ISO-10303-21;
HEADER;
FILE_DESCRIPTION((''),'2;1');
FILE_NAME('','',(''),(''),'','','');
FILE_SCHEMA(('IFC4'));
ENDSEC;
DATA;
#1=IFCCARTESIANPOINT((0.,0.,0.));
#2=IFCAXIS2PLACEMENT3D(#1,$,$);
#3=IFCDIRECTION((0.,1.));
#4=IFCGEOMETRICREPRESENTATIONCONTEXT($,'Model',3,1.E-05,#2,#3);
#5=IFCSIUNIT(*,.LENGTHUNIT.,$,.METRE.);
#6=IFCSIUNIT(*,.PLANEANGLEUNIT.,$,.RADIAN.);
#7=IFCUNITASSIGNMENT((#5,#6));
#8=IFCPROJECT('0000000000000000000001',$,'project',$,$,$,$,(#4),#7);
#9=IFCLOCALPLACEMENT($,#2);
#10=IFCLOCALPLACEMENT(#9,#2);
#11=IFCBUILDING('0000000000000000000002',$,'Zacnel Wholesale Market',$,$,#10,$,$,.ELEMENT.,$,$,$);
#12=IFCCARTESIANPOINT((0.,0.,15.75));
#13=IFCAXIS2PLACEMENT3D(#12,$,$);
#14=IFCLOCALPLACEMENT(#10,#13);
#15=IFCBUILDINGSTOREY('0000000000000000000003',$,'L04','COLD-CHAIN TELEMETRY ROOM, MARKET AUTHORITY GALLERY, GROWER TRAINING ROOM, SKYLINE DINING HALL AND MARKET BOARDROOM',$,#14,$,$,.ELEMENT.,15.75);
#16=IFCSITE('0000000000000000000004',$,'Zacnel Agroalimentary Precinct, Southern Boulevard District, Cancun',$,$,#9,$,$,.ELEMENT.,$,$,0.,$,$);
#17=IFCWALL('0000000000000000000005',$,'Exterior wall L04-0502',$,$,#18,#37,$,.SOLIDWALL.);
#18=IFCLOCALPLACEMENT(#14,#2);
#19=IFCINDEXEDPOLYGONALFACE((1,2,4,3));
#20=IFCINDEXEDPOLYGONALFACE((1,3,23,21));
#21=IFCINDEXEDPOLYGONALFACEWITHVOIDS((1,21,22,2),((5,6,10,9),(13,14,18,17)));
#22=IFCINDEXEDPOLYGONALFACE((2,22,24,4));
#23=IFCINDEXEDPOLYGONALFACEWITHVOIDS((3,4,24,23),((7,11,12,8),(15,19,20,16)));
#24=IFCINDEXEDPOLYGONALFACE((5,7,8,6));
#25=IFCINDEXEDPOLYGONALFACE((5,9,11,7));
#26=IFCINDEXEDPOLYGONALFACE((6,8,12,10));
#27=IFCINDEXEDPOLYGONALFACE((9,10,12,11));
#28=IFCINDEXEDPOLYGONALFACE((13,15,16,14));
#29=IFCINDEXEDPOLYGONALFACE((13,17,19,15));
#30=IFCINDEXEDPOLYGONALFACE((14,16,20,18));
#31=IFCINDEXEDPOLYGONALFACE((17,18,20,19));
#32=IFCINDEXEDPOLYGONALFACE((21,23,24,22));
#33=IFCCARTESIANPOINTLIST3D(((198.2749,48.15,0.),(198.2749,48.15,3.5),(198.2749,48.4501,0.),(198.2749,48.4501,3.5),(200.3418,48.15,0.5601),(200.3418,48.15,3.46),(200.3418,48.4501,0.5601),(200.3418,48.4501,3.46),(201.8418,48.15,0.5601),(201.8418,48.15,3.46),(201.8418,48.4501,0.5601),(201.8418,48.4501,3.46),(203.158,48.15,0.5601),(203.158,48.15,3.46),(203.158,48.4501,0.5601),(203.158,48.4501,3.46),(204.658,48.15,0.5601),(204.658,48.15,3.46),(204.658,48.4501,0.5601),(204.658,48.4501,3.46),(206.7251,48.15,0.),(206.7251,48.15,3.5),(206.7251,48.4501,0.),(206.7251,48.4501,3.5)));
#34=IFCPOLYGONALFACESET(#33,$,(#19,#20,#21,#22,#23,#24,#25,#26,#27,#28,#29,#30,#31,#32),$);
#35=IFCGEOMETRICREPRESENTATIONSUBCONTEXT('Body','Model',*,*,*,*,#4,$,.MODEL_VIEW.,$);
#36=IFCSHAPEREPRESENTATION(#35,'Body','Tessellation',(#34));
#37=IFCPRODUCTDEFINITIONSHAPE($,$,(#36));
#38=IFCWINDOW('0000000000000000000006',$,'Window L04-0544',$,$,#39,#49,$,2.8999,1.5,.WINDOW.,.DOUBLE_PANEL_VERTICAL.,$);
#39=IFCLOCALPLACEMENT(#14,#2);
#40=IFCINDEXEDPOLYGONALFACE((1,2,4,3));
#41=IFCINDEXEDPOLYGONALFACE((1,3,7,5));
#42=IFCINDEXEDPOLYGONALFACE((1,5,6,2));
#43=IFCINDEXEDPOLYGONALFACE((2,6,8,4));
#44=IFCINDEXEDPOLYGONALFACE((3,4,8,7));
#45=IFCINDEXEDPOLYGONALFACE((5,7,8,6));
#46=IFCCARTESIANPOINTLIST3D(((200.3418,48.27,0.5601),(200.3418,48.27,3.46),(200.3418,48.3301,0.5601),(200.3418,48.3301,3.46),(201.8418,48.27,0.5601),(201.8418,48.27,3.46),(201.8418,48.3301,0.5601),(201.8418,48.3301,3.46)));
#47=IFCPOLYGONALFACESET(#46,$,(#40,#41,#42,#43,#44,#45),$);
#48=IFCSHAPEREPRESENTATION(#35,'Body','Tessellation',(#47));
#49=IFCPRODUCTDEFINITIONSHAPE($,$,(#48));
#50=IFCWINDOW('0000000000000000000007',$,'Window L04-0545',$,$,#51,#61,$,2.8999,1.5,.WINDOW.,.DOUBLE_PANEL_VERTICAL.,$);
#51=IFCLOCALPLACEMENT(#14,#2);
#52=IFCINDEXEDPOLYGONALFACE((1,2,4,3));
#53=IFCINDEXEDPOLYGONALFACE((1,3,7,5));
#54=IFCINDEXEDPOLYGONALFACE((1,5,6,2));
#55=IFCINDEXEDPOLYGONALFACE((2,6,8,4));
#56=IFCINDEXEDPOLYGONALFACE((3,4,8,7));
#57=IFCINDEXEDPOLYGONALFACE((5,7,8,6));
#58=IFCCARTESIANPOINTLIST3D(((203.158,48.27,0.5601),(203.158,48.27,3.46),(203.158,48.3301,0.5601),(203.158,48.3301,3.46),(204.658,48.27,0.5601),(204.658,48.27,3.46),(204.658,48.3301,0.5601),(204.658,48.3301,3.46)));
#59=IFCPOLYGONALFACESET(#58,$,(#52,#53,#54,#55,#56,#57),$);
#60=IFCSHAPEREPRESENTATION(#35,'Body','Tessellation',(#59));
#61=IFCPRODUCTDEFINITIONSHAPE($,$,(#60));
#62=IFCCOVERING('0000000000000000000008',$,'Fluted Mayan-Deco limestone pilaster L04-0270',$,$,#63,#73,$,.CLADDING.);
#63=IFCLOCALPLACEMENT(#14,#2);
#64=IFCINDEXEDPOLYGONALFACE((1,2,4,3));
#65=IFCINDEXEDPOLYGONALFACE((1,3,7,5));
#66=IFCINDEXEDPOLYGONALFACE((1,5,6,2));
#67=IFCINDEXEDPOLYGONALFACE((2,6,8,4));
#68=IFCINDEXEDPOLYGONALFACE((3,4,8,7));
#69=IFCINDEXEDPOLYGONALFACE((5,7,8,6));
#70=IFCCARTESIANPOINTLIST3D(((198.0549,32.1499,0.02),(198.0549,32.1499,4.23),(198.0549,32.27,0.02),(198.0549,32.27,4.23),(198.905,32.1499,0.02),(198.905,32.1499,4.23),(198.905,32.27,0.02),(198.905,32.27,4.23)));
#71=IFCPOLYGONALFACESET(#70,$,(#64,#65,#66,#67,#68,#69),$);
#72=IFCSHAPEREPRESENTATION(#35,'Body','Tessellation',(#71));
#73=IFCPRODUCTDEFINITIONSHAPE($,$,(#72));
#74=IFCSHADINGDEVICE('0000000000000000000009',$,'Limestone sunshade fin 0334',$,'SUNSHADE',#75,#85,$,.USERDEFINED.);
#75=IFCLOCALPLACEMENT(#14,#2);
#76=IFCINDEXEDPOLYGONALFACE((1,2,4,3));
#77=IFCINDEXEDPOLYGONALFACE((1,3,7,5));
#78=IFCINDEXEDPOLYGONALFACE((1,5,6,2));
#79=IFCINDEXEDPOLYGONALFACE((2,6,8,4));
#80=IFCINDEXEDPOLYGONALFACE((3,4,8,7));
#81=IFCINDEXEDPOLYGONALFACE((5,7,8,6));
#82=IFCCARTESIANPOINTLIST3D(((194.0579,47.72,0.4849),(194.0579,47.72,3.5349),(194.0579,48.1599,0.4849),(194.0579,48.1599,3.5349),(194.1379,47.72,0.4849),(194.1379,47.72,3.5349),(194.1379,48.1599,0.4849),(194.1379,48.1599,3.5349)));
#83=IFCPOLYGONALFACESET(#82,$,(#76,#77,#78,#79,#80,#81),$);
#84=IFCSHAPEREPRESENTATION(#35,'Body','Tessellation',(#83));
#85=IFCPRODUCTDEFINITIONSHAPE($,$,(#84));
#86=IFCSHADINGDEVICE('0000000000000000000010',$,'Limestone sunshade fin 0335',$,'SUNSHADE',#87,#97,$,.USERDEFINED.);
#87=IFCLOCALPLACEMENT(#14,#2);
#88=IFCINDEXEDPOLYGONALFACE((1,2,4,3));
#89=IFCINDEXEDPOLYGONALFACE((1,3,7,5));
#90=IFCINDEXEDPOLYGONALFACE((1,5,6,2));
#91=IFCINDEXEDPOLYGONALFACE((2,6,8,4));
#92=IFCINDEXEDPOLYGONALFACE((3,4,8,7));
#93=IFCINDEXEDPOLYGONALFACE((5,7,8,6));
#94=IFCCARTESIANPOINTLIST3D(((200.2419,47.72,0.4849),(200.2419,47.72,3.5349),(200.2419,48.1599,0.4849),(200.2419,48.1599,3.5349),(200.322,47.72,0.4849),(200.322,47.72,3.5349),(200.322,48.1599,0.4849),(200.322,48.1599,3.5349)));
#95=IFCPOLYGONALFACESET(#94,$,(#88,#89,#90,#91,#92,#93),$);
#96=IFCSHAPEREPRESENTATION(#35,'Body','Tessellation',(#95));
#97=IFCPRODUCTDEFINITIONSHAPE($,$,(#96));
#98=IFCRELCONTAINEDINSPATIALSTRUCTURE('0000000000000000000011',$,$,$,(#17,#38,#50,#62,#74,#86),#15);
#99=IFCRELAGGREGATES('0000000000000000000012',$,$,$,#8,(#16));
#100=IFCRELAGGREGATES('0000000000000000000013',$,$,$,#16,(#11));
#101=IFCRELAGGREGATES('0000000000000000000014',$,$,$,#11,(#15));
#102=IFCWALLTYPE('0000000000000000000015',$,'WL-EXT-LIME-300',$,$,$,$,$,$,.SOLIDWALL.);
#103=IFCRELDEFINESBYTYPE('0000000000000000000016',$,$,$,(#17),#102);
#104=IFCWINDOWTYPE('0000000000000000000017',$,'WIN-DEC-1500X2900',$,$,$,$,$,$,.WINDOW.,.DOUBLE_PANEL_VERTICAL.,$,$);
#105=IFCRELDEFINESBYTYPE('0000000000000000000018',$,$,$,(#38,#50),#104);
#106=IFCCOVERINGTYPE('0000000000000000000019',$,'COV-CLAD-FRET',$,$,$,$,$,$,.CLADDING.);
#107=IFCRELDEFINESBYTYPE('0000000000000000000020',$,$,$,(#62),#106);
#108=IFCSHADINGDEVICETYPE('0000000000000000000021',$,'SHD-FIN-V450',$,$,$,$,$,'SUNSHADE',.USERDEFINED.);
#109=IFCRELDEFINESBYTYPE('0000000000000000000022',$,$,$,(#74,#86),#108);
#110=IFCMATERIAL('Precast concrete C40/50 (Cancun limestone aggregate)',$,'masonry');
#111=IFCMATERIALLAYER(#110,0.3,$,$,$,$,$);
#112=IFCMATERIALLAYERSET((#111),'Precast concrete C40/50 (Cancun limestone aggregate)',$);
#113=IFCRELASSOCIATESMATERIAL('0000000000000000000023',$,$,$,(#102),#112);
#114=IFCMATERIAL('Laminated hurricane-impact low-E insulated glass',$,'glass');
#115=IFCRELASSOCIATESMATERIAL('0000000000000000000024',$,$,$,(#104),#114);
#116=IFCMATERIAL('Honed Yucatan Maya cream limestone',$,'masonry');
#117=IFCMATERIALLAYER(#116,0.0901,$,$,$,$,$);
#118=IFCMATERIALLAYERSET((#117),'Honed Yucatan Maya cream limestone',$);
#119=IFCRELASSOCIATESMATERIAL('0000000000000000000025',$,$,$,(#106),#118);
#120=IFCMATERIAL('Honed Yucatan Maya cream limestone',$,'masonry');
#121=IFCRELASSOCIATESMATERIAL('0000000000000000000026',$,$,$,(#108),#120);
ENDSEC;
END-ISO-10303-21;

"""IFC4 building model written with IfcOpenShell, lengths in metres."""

from ifc_helpers import new_model, si_unit, direction, frame, frame_2d, origin, origin_2d, place, context, subcontext, project, spatial, rectangle, extrude, material, layer, layer_set, type_object, element, fill, save


model = new_model("IFC4")

# Units and contexts
model_context = context("Model", 3, precision=1e-05, world=origin(), true_north=direction((0.0, 1.0)))
body_context = subcontext(model_context, "Body", "Model", "MODEL_VIEW")
ifc_project = project(units=[si_unit("LENGTHUNIT", "METRE"), si_unit("PLANEANGLEUNIT", "RADIAN")], contexts=[model_context])

# Site, building, storey
site_placement = place(None, origin())
site = spatial("IfcSite", under=ifc_project, at=site_placement, Name="Zacnel Agroalimentary Precinct, Southern Boulevard District, Cancun", CompositionType="ELEMENT", RefElevation=0.0)
building_placement = place(site_placement, origin())
building = spatial("IfcBuilding", under=site, at=building_placement, Name="Zacnel Wholesale Market", CompositionType="ELEMENT")
storey_placement = place(building_placement, frame((0.0, 0.0, 15.75)))
storey = spatial("IfcBuildingStorey", under=building, at=storey_placement, Name="L04", Description="COLD-CHAIN TELEMETRY ROOM, MARKET AUTHORITY GALLERY, GROWER TRAINING ROOM, SKYLINE DINING HALL AND MARKET BOARDROOM", CompositionType="ELEMENT", Elevation=15.75)

# Shared definitions
ifc_material_1 = material(Name="Precast concrete C40/50 (Cancun limestone aggregate)", Category="masonry")
ifc_layer_1 = layer(ifc_material_1, 0.3)
ifc_layer_set_1 = layer_set([ifc_layer_1], Name="Precast concrete C40/50 (Cancun limestone aggregate)")
wall_type = type_object("IfcWallType", Name="WL-EXT-LIME-300", PredefinedType="SOLIDWALL", material=ifc_layer_set_1)

# Wall, openings, windows
wall_1_placement = place(storey_placement, frame((198.2749, 48.3, 0.0), z_axis=(0.0, 0.0, 1.0), x_axis=(1.0, 0.0, 0.0)))
wall_1 = element("IfcWall", 1, at=wall_1_placement, inside=storey, type_object=wall_type, Name="Exterior wall L04-0502", PredefinedType="SOLIDWALL", context=body_context, shape_type="SweptSolid", body=[
    extrude(rectangle(XDim=8.4502, YDim=0.3, at=frame_2d((4.2251, 0.0))), origin(), (0.0, 0.0, 1.0), 3.5),
])
opening_1_placement = place(wall_1_placement, frame((2.0669, 0.0, 0.5601)))
opening_1 = element("IfcOpeningElement", 2, at=opening_1_placement, cuts=wall_1, PredefinedType="OPENING", context=body_context, shape_type="SweptSolid", body=[
    extrude(rectangle(XDim=1.5, YDim=2.8999, at=frame_2d((0.75, 1.45))), frame((0.0, 0.1599, 0.0), z_axis=(0.0, -1.0, 0.0), x_axis=(1.0, 0.0, 0.0)), (0.0, 0.0, 1.0), 0.3201),
])
opening_2_placement = place(wall_1_placement, frame((4.8831, 0.0, 0.5601)))
opening_2 = element("IfcOpeningElement", 3, at=opening_2_placement, cuts=wall_1, PredefinedType="OPENING", context=body_context, shape_type="SweptSolid", body=[
    extrude(rectangle(XDim=1.5, YDim=2.8999, at=frame_2d((0.75, 1.45))), frame((0.0, 0.1599, 0.0), z_axis=(0.0, -1.0, 0.0), x_axis=(1.0, 0.0, 0.0)), (0.0, 0.0, 1.0), 0.3201),
])
ifc_material_2 = material(Name="Laminated hurricane-impact low-E insulated glass", Category="glass")
window_type = type_object("IfcWindowType", Name="WIN-DEC-1500X2900", PartitioningType="DOUBLE_PANEL_VERTICAL", PredefinedType="WINDOW", material=ifc_material_2)
window_1_placement = place(opening_1_placement, origin())
window_1 = element("IfcWindow", 4, at=window_1_placement, inside=storey, type_object=window_type, Name="Window L04-0544", OverallHeight=2.8999, OverallWidth=1.5, PartitioningType="DOUBLE_PANEL_VERTICAL", PredefinedType="WINDOW", context=body_context, shape_type="SweptSolid", body=[
    extrude(rectangle(XDim=1.5, YDim=2.8999, at=frame_2d((0.75, 1.45))), frame((0.0, 0.03, 0.0), z_axis=(0.0, -1.0, 0.0), x_axis=(1.0, 0.0, 0.0)), (0.0, 0.0, 1.0), 0.0601),
])
fill(opening_1, window_1)
window_2_placement = place(opening_2_placement, origin())
window_2 = element("IfcWindow", 5, at=window_2_placement, inside=storey, type_object=window_type, Name="Window L04-0545", OverallHeight=2.8999, OverallWidth=1.5, PartitioningType="DOUBLE_PANEL_VERTICAL", PredefinedType="WINDOW", context=body_context, shape_type="SweptSolid", body=[
    extrude(rectangle(XDim=1.5, YDim=2.8999, at=frame_2d((0.75, 1.45))), frame((0.0, 0.03, 0.0), z_axis=(0.0, -1.0, 0.0), x_axis=(1.0, 0.0, 0.0)), (0.0, 0.0, 1.0), 0.0601),
])
fill(opening_2, window_2)

# Covering
ifc_material_3 = material(Name="Honed Yucatan Maya cream limestone", Category="masonry")
ifc_layer_2 = layer(ifc_material_3, 0.0901)
ifc_layer_set_2 = layer_set([ifc_layer_2], Name="Honed Yucatan Maya cream limestone")
covering_type = type_object("IfcCoveringType", Name="COV-CLAD-FRET", PredefinedType="CLADDING", material=ifc_layer_set_2)
covering_placement = place(storey_placement, frame((198.48, 32.21, 0.02), z_axis=(0.0, 0.0, 1.0), x_axis=(1.0, 0.0, 0.0)))
element("IfcCovering", 6, at=covering_placement, inside=storey, type_object=covering_type, Name="Fluted Mayan-Deco limestone pilaster L04-0270", PredefinedType="CLADDING", context=body_context, shape_type="SweptSolid", body=[
    extrude(rectangle(XDim=0.8501, YDim=0.1201, at=origin_2d()), origin(), (0.0, 0.0, 1.0), 4.21),
])

# Shading devices
ifc_material_4 = material(Name="Honed Yucatan Maya cream limestone", Category="masonry")
shading_device_type = type_object("IfcShadingDeviceType", Name="SHD-FIN-V450", ElementType="SUNSHADE", PredefinedType="USERDEFINED", material=ifc_material_4)
for number, where, z_axis, x_axis, name in (
    (7, (194.0979, 47.9399, 0.4849), (0.0, 0.0, 1.0), (1.0, 0.0, 0.0), "Limestone sunshade fin 0334"),
    (8, (200.282, 47.9399, 0.4849), (0.0, 0.0, 1.0), (1.0, 0.0, 0.0), "Limestone sunshade fin 0335"),
):
    element("IfcShadingDevice", number, at=place(storey_placement, frame(where, z_axis=z_axis, x_axis=x_axis)), inside=storey, type_object=shading_device_type, Name=name, ObjectType="SUNSHADE", PredefinedType="USERDEFINED", context=body_context, shape_type="SweptSolid", body=[
        extrude(rectangle(XDim=0.0801, YDim=0.4399, at=origin_2d()), origin(), (0.0, 0.0, 1.0), 3.05),
    ])

save(model, "model.ifc")
